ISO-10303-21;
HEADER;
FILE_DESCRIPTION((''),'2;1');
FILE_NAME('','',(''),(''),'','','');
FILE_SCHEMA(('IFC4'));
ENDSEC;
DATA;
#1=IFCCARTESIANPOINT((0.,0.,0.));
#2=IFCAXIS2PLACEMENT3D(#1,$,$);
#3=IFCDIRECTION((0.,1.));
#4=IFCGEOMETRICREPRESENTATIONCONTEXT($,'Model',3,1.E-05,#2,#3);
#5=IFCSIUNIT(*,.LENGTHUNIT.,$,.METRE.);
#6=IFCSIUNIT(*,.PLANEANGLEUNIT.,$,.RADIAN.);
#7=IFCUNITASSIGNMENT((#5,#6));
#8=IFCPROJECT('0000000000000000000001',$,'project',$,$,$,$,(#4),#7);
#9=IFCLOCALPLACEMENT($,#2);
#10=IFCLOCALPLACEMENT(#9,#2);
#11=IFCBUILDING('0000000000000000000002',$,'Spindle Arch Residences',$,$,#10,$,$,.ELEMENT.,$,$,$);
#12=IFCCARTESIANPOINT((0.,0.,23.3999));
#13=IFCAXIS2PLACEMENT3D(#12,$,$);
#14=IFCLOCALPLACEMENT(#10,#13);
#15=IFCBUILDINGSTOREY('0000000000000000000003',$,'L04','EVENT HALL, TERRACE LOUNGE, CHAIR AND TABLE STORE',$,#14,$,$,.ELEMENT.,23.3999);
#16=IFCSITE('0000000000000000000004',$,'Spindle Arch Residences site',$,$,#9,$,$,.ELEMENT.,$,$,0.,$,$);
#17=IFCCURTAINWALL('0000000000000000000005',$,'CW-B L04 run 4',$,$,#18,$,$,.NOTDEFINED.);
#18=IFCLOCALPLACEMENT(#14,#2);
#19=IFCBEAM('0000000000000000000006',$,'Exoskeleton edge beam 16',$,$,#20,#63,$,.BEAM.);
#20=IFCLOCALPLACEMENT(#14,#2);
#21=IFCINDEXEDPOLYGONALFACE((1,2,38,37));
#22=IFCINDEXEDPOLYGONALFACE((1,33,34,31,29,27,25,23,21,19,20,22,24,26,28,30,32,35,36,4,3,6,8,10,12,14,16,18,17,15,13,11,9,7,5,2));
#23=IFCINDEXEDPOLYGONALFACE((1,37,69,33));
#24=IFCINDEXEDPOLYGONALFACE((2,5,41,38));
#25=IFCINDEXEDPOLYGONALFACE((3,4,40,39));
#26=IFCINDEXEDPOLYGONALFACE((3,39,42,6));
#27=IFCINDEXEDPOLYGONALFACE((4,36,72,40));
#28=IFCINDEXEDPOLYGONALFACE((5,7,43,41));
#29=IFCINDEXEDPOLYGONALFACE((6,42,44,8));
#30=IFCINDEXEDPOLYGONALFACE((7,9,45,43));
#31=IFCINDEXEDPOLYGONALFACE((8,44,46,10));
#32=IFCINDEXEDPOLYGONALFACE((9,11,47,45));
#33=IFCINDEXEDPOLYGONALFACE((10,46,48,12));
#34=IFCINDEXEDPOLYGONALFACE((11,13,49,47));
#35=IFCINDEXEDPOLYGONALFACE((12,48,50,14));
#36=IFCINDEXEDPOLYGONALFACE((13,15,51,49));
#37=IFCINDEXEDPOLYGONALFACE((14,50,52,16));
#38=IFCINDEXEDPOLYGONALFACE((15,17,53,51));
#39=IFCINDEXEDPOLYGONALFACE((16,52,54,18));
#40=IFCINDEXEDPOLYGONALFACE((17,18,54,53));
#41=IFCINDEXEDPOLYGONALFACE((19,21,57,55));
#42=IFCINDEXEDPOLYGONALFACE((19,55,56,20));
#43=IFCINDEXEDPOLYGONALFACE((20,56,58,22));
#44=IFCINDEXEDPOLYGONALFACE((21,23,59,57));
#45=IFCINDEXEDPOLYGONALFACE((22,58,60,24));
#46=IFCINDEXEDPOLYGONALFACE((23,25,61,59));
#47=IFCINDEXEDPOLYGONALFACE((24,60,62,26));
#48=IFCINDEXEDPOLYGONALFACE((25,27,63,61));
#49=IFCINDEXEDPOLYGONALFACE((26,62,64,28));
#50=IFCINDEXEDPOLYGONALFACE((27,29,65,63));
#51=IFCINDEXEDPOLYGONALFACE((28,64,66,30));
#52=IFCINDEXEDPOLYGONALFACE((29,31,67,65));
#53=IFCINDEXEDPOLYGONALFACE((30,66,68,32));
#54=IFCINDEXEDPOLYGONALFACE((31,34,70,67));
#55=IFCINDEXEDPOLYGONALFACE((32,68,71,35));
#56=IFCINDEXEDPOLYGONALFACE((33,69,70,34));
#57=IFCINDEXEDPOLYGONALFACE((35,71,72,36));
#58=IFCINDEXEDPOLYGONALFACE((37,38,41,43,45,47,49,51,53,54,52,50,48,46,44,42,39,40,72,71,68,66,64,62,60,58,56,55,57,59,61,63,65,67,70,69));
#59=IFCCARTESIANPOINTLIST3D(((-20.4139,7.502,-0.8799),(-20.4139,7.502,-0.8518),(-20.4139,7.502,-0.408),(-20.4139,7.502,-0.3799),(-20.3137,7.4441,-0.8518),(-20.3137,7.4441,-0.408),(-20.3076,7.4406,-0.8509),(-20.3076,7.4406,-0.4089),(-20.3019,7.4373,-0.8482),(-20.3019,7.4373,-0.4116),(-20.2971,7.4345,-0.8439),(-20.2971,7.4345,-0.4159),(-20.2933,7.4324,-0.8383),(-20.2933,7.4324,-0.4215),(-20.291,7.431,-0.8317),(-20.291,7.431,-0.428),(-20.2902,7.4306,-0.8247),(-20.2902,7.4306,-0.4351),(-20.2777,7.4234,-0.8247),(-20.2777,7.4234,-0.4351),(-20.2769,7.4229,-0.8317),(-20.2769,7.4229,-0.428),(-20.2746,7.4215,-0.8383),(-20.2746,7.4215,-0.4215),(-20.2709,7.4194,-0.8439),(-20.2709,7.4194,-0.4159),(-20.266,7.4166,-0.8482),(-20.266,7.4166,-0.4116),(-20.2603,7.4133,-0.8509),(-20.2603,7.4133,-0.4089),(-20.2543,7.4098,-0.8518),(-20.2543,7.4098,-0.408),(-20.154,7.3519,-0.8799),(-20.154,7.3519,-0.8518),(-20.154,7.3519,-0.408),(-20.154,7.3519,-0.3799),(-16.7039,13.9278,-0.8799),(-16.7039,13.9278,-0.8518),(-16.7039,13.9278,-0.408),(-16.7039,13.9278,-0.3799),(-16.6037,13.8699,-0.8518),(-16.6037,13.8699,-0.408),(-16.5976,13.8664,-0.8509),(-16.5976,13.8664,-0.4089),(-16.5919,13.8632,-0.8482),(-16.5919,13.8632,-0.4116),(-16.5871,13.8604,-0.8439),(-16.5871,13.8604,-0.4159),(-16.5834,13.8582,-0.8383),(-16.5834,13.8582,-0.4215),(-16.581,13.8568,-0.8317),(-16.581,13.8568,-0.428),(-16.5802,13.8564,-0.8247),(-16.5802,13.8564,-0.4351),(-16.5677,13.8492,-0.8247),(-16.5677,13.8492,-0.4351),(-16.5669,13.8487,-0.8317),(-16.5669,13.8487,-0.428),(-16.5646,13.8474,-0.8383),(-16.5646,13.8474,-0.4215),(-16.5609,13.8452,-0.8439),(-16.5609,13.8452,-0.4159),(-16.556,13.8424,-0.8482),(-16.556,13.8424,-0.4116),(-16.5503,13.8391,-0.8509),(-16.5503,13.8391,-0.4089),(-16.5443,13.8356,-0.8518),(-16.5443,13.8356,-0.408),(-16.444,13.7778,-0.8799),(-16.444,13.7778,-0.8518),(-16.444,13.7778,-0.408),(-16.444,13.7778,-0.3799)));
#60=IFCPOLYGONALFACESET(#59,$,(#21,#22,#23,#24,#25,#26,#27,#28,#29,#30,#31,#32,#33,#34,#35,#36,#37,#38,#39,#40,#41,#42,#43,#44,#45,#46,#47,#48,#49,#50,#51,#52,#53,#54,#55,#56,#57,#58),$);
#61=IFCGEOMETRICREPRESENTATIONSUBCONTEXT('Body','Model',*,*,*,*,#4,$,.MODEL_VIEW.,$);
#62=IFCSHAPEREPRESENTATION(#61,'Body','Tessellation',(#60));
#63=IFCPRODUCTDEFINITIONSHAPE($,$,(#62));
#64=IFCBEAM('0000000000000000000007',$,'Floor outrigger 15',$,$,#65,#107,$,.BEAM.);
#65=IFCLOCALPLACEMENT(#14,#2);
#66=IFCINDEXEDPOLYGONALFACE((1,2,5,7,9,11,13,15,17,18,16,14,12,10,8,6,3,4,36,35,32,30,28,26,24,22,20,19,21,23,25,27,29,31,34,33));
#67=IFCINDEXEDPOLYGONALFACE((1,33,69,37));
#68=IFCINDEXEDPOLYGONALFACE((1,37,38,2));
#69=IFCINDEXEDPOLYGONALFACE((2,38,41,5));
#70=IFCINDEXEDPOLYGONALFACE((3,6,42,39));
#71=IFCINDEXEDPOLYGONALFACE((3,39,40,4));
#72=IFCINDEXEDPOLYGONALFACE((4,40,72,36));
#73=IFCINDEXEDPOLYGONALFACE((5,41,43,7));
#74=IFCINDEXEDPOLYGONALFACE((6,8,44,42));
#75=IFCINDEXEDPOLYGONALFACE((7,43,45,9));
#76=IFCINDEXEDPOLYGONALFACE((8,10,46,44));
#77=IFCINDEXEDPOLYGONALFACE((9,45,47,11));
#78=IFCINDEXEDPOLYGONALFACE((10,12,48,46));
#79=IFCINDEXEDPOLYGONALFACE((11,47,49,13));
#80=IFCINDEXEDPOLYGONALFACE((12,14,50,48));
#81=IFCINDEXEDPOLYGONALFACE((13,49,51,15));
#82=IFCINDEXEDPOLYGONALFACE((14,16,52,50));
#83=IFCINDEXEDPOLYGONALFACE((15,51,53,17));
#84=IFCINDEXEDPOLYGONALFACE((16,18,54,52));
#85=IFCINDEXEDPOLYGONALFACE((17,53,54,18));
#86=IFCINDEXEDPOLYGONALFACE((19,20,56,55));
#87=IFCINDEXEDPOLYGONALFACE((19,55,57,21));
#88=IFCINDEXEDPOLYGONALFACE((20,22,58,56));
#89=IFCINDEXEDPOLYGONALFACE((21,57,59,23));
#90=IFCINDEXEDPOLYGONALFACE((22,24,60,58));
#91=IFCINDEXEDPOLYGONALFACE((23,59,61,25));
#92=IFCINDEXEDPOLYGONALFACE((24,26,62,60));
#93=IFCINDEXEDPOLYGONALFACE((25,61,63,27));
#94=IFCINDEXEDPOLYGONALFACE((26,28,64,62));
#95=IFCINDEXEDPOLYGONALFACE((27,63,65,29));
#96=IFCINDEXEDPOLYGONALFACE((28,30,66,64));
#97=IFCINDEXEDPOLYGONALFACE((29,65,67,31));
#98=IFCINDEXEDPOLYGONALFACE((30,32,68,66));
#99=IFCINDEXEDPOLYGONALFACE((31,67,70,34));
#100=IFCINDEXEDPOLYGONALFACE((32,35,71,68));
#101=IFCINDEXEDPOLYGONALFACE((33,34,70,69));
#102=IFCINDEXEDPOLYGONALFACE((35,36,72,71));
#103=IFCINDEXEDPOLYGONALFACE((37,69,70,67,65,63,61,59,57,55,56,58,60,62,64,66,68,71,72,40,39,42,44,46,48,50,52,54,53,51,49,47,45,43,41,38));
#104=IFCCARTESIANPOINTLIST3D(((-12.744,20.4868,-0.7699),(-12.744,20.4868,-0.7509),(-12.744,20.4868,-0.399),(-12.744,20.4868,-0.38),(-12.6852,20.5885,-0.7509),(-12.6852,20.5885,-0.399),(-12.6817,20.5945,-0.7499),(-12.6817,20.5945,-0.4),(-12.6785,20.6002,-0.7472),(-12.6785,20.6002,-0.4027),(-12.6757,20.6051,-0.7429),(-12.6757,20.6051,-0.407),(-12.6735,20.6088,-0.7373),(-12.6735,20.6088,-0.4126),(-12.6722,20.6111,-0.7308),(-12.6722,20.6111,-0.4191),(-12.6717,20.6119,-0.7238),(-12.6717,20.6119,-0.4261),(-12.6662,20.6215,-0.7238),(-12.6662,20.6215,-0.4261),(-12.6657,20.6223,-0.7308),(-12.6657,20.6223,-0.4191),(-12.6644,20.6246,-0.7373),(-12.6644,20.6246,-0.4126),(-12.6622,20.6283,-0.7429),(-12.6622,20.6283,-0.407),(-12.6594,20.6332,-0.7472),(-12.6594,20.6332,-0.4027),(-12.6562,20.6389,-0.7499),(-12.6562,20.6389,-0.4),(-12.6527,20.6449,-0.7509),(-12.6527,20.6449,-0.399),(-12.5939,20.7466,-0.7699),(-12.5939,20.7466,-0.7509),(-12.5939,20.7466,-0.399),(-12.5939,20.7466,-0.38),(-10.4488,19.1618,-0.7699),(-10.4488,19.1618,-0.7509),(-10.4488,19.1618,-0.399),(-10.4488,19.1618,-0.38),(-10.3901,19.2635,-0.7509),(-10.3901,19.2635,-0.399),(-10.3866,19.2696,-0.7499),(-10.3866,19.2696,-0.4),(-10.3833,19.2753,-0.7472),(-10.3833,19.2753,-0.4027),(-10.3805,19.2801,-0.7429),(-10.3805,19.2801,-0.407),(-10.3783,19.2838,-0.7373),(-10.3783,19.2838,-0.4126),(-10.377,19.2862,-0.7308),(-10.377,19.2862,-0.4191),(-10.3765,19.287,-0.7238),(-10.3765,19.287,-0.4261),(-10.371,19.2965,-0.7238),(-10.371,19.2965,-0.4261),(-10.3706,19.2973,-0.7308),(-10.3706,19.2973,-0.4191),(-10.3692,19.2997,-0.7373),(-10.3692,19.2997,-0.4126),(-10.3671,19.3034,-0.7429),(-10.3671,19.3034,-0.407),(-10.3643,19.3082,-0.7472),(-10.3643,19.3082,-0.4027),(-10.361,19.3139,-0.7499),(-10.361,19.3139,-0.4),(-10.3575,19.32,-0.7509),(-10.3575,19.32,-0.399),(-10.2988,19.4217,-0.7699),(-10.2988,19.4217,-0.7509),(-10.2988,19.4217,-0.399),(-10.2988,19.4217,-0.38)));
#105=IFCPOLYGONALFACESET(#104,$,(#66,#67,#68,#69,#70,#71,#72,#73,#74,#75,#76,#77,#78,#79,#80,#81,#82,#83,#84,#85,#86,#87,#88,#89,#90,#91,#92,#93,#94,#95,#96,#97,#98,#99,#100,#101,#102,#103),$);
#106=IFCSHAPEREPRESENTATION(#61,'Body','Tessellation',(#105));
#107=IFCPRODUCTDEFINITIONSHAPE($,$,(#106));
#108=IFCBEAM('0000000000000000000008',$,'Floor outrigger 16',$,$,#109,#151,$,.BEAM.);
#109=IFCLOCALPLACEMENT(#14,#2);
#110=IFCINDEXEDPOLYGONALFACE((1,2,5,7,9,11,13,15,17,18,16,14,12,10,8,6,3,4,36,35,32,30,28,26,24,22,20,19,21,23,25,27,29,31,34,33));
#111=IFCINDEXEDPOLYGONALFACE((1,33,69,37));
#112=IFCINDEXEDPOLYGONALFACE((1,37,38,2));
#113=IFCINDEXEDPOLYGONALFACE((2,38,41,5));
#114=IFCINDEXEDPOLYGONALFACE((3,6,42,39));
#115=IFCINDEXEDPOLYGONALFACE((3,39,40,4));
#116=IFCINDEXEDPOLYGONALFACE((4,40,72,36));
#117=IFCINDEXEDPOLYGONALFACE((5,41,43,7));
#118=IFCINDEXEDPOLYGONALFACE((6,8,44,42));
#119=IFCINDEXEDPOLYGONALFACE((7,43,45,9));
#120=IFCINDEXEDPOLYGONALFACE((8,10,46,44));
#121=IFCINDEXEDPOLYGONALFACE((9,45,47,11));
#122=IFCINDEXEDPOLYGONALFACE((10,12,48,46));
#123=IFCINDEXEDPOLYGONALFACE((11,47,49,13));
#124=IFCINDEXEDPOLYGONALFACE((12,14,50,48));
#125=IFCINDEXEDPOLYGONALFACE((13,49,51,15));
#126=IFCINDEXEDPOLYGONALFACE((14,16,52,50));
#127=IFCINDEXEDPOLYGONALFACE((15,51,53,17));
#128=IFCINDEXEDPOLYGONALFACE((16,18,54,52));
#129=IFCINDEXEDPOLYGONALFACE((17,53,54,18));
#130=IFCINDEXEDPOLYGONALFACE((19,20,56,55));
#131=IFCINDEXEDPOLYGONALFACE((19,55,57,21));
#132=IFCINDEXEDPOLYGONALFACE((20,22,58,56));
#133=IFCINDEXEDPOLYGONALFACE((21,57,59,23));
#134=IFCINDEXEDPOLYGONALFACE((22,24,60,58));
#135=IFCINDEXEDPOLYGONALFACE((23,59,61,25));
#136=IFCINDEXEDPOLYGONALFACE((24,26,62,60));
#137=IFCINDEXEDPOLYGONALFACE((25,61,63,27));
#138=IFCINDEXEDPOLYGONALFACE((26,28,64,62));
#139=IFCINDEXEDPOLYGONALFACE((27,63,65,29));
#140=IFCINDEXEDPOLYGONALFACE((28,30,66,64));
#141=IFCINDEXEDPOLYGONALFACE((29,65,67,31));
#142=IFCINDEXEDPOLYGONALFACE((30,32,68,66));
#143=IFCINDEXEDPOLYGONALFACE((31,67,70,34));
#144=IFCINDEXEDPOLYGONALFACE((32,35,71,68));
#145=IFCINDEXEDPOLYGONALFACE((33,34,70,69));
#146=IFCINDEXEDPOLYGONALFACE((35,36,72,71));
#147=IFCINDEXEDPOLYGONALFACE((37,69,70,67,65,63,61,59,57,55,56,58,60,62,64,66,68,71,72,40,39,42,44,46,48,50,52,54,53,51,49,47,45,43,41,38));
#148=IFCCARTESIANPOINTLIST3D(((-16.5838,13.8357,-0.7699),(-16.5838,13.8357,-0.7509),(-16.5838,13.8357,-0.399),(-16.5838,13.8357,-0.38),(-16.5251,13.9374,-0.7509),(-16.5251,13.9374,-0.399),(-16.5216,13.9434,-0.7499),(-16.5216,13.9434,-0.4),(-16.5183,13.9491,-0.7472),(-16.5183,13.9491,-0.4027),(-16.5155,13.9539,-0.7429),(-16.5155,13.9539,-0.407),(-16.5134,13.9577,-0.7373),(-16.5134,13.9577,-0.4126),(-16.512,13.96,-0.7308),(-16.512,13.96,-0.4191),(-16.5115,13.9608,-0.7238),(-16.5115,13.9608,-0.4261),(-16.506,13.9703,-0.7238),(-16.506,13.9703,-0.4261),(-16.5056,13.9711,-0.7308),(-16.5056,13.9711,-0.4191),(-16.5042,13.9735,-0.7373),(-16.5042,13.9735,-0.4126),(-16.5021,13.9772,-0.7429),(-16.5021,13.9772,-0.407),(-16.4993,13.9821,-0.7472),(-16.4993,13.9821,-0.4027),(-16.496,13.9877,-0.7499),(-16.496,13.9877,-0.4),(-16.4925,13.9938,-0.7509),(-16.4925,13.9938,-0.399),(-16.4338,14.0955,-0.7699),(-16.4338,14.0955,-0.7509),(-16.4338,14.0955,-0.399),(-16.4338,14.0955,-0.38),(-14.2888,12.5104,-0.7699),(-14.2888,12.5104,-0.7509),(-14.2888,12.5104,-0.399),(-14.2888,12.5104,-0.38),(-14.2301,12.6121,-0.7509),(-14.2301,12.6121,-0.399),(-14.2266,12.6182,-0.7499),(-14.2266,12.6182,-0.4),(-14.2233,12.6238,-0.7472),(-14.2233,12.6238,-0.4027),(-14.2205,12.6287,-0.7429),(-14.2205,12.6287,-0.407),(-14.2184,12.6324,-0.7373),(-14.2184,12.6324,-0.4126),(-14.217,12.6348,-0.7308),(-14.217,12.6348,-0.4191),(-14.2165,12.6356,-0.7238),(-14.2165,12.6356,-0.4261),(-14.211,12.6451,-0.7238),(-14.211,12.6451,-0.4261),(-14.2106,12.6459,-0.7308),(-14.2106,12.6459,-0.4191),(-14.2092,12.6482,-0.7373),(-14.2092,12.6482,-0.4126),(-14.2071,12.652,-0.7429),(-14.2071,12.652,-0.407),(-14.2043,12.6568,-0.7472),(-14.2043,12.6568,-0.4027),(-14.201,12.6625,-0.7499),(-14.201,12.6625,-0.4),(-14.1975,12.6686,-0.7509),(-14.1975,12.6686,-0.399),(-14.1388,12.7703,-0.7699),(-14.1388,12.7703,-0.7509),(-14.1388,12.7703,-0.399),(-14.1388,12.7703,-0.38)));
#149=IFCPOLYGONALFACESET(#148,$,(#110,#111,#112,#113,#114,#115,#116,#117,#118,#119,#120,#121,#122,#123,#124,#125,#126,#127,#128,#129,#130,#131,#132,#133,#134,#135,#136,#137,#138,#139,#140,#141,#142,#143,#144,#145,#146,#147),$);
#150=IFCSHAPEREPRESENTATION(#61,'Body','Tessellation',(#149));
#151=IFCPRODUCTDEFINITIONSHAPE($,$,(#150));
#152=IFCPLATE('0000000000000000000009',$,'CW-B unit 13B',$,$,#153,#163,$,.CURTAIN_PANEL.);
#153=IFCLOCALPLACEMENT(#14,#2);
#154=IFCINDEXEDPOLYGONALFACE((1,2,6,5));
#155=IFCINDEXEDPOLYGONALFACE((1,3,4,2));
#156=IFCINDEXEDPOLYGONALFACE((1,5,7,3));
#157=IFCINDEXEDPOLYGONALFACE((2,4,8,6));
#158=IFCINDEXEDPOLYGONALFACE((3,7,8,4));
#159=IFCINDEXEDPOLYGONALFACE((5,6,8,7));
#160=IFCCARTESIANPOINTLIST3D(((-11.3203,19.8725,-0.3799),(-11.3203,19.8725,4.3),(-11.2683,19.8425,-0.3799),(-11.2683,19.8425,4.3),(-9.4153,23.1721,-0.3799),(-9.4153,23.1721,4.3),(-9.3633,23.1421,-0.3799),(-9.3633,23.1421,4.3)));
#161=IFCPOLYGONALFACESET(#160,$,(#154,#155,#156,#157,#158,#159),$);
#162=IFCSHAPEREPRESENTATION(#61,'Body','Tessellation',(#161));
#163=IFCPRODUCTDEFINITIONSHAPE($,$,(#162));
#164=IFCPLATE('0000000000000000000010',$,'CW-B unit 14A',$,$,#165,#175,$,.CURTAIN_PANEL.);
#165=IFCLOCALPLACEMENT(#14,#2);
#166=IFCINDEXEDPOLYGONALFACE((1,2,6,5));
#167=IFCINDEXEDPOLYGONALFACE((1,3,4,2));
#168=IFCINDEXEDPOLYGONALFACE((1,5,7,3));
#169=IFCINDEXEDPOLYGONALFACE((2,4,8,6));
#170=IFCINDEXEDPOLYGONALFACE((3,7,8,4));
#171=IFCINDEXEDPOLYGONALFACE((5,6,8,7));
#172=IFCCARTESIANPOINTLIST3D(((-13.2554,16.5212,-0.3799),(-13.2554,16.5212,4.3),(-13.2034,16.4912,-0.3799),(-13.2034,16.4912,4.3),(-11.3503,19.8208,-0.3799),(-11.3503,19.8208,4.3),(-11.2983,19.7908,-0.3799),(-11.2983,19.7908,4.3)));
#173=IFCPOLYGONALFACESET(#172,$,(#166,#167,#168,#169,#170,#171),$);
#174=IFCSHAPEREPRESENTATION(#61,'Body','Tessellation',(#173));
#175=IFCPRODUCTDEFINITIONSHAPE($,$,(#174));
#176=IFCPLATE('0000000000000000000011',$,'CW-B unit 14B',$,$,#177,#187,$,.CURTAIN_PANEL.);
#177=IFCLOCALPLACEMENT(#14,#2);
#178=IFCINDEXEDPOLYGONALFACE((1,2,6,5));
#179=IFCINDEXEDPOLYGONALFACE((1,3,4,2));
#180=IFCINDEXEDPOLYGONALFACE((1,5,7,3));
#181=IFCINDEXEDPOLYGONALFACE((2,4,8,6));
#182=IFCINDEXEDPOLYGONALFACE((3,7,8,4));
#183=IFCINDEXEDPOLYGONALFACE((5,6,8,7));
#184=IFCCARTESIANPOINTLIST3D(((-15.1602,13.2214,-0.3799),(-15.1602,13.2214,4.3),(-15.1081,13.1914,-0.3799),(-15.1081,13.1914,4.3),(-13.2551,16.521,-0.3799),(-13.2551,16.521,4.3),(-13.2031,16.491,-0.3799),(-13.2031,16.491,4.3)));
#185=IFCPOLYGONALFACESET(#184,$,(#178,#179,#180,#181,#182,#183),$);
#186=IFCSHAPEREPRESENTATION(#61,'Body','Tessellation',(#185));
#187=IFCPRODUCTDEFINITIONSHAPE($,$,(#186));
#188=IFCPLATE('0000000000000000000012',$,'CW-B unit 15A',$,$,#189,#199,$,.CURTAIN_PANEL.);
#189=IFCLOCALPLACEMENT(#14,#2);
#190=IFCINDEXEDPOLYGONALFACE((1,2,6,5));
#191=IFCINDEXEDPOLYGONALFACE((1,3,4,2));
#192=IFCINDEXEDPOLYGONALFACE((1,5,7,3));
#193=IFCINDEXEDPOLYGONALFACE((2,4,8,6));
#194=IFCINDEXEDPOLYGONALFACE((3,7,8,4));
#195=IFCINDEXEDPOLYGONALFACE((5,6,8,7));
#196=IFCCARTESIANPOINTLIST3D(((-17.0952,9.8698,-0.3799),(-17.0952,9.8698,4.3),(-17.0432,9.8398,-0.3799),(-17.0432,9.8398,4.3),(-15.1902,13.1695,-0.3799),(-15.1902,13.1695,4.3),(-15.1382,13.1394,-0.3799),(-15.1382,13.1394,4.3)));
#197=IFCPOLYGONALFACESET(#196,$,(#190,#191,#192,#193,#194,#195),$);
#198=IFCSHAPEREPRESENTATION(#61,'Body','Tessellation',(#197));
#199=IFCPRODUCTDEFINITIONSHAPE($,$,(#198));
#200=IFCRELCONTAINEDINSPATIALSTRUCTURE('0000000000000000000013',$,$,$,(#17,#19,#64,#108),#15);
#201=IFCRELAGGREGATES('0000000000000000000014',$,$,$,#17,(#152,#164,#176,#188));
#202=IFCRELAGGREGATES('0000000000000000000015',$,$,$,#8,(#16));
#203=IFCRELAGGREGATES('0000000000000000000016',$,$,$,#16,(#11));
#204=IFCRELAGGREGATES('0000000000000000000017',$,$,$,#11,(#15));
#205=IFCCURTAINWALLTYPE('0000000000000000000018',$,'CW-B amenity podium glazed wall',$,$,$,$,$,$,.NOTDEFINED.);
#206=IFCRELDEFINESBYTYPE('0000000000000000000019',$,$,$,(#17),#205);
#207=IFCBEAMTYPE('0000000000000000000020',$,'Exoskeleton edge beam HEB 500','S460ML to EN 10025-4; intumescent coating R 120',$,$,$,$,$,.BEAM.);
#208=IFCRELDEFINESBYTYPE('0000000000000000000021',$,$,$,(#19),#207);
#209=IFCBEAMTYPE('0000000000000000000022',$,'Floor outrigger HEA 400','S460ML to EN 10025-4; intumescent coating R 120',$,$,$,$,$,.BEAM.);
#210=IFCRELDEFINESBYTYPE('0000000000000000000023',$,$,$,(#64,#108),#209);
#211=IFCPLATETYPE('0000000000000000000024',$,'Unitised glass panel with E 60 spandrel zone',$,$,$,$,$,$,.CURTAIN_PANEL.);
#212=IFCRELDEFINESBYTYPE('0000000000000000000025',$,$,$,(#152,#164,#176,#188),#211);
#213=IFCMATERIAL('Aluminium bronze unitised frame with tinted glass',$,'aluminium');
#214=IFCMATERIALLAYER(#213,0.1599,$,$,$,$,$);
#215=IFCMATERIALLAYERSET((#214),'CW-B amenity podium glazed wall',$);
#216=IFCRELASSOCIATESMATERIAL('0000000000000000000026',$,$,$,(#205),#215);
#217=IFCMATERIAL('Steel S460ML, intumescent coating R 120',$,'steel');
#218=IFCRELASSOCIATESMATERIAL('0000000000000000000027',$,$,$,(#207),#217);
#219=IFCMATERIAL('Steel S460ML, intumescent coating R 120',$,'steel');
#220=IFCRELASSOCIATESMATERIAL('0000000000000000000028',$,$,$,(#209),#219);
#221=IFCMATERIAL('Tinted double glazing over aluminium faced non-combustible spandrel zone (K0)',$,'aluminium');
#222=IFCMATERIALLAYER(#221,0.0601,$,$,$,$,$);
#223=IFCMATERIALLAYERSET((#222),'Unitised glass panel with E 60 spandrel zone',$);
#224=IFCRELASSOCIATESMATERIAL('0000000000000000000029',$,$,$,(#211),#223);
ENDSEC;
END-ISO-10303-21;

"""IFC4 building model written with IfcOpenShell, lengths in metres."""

from ifc_helpers import new_model, si_unit, direction, frame, origin, origin_2d, place, context, subcontext, project, spatial, rectangle, i_section, extrude, material, layer, layer_set, material_profile, profile_set, type_object, element, aggregate, save


model = new_model("IFC4")

# Units and contexts
model_context = context("Model", 3, precision=1e-05, world=origin(), true_north=direction((0.0, 1.0)))
body_context = subcontext(model_context, "Body", "Model", "MODEL_VIEW")
ifc_project = project(units=[si_unit("LENGTHUNIT", "METRE"), si_unit("PLANEANGLEUNIT", "RADIAN")], contexts=[model_context])

# Site, building, storey
site_placement = place(None, origin())
site = spatial("IfcSite", under=ifc_project, at=site_placement, Name="Spindle Arch Residences site", CompositionType="ELEMENT", RefElevation=0.0)
building_placement = place(site_placement, origin())
building = spatial("IfcBuilding", under=site, at=building_placement, Name="Spindle Arch Residences", CompositionType="ELEMENT")
storey_placement = place(building_placement, frame((0.0, 0.0, 23.3999)))
storey = spatial("IfcBuildingStorey", under=building, at=storey_placement, Name="L04", Description="EVENT HALL, TERRACE LOUNGE, CHAIR AND TABLE STORE", CompositionType="ELEMENT", Elevation=23.3999)

# Curtain wall
ifc_material_1 = material(Name="Aluminium bronze unitised frame with tinted glass", Category="aluminium")
ifc_layer_1 = layer(ifc_material_1, 0.1599)
ifc_layer_set_1 = layer_set([ifc_layer_1], Name="CW-B amenity podium glazed wall")
curtain_wall_type = type_object("IfcCurtainWallType", Name="CW-B amenity podium glazed wall", PredefinedType="NOTDEFINED", material=ifc_layer_set_1)
curtain_wall_placement = place(storey_placement, origin())
curtain_wall = element("IfcCurtainWall", 1, at=curtain_wall_placement, inside=storey, type_object=curtain_wall_type, Name="CW-B L04 run 4", PredefinedType="NOTDEFINED")

# Beams
ifc_material_2 = material(Name="Steel S460ML, intumescent coating R 120", Category="steel")
ifc_material_profile_1 = material_profile(ifc_material_2, i_section(OverallWidth=0.3, OverallDepth=0.5, WebThickness=0.0144, FlangeThickness=0.0281, FilletRadius=0.0271, at=origin_2d()), Name="HEB 500")
ifc_profile_set_1 = profile_set([ifc_material_profile_1], Name="Steel S460ML, intumescent coating R 120")
beam_type_1 = type_object("IfcBeamType", Name="Exoskeleton edge beam HEB 500", Description="S460ML to EN 10025-4; intumescent coating R 120", PredefinedType="BEAM", material=ifc_profile_set_1)
beam_1_placement = place(storey_placement, frame((-16.574, 13.8528, -0.6299), z_axis=(-0.500003, -0.866023, 0.0), x_axis=(0.866023, -0.500003, 0.0)))
element("IfcBeam", 2, at=beam_1_placement, inside=storey, type_object=beam_type_1, Name="Exoskeleton edge beam 16", PredefinedType="BEAM", context=body_context, shape_type="SweptSolid", body=[
    extrude(i_section(OverallWidth=0.3, OverallDepth=0.5, WebThickness=0.0144, FlangeThickness=0.0281, FilletRadius=0.0271, at=origin_2d()), origin(), (0.0, 0.0, 1.0), 7.4199),
])
ifc_material_3 = material(Name="Steel S460ML, intumescent coating R 120", Category="steel")
ifc_material_profile_2 = material_profile(ifc_material_3, i_section(OverallWidth=0.3, OverallDepth=0.3899, WebThickness=0.011, FlangeThickness=0.019, FilletRadius=0.0271, at=origin_2d()), Name="HEA 400")
ifc_profile_set_2 = profile_set([ifc_material_profile_2], Name="Steel S460ML, intumescent coating R 120")
beam_type_2 = type_object("IfcBeamType", Name="Floor outrigger HEA 400", Description="S460ML to EN 10025-4; intumescent coating R 120", PredefinedType="BEAM", material=ifc_profile_set_2)
for number, where, z_axis, x_axis, name in (
    (3, (-12.6689, 20.6167, -0.575), (0.866052, -0.499954, 0.0), (0.499954, 0.866052, 0.0), "Floor outrigger 15"),
    (4, (-16.5088, 13.9656, -0.575), (0.865989, -0.500063, 0.0), (0.500063, 0.865989, 0.0), "Floor outrigger 16"),
):
    element("IfcBeam", number, at=place(storey_placement, frame(where, z_axis=z_axis, x_axis=x_axis)), inside=storey, type_object=beam_type_2, Name=name, PredefinedType="BEAM", context=body_context, shape_type="SweptSolid", body=[
        extrude(i_section(OverallWidth=0.3, OverallDepth=0.3899, WebThickness=0.011, FlangeThickness=0.019, FilletRadius=0.0271, at=origin_2d()), origin(), (0.0, 0.0, 1.0), 2.6501),
    ])

# Plates
ifc_material_4 = material(Name="Tinted double glazing over aluminium faced non-combustible spandrel zone (K0)", Category="aluminium")
ifc_layer_2 = layer(ifc_material_4, 0.0601)
ifc_layer_set_2 = layer_set([ifc_layer_2], Name="Unitised glass panel with E 60 spandrel zone")
plate_type = type_object("IfcPlateType", Name="Unitised glass panel with E 60 spandrel zone", PredefinedType="CURTAIN_PANEL", material=ifc_layer_set_2)
plate_1_placement = place(storey_placement, frame((-10.3418, 21.5073, -0.3799), z_axis=(0.0, 0.0, 1.0), x_axis=(-0.5, -0.866025, 0.0)))
plate_1 = element("IfcPlate", 5, at=plate_1_placement, type_object=plate_type, Name="CW-B unit 13B", PredefinedType="CURTAIN_PANEL", context=body_context, shape_type="SweptSolid", body=[
    extrude(rectangle(XDim=3.8101, YDim=0.0601, at=origin_2d()), origin(), (0.0, 0.0, 1.0), 4.6799),
])
plate_2_placement = place(storey_placement, frame((-12.2769, 18.156, -0.3799), z_axis=(0.0, 0.0, 1.0), x_axis=(-0.5, -0.866025, 0.0)))
plate_2 = element("IfcPlate", 6, at=plate_2_placement, type_object=plate_type, Name="CW-B unit 14A", PredefinedType="CURTAIN_PANEL", context=body_context, shape_type="SweptSolid", body=[
    extrude(rectangle(XDim=3.8101, YDim=0.0601, at=origin_2d()), origin(), (0.0, 0.0, 1.0), 4.6799),
])
plate_3_placement = place(storey_placement, frame((-14.1816, 14.8562, -0.3799), z_axis=(0.0, 0.0, 1.0), x_axis=(-0.5, -0.866025, 0.0)))
plate_3 = element("IfcPlate", 7, at=plate_3_placement, type_object=plate_type, Name="CW-B unit 14B", PredefinedType="CURTAIN_PANEL", context=body_context, shape_type="SweptSolid", body=[
    extrude(rectangle(XDim=3.8101, YDim=0.0601, at=origin_2d()), origin(), (0.0, 0.0, 1.0), 4.6799),
])
plate_4_placement = place(storey_placement, frame((-16.1167, 11.5046, -0.3799), z_axis=(0.0, 0.0, 1.0), x_axis=(-0.5, -0.866025, 0.0)))
plate_4 = element("IfcPlate", 8, at=plate_4_placement, type_object=plate_type, Name="CW-B unit 15A", PredefinedType="CURTAIN_PANEL", context=body_context, shape_type="SweptSolid", body=[
    extrude(rectangle(XDim=3.8101, YDim=0.0601, at=origin_2d()), origin(), (0.0, 0.0, 1.0), 4.6799),
])
aggregate(curtain_wall, [plate_1, plate_2, plate_3, plate_4])

save(model, "model.ifc")
